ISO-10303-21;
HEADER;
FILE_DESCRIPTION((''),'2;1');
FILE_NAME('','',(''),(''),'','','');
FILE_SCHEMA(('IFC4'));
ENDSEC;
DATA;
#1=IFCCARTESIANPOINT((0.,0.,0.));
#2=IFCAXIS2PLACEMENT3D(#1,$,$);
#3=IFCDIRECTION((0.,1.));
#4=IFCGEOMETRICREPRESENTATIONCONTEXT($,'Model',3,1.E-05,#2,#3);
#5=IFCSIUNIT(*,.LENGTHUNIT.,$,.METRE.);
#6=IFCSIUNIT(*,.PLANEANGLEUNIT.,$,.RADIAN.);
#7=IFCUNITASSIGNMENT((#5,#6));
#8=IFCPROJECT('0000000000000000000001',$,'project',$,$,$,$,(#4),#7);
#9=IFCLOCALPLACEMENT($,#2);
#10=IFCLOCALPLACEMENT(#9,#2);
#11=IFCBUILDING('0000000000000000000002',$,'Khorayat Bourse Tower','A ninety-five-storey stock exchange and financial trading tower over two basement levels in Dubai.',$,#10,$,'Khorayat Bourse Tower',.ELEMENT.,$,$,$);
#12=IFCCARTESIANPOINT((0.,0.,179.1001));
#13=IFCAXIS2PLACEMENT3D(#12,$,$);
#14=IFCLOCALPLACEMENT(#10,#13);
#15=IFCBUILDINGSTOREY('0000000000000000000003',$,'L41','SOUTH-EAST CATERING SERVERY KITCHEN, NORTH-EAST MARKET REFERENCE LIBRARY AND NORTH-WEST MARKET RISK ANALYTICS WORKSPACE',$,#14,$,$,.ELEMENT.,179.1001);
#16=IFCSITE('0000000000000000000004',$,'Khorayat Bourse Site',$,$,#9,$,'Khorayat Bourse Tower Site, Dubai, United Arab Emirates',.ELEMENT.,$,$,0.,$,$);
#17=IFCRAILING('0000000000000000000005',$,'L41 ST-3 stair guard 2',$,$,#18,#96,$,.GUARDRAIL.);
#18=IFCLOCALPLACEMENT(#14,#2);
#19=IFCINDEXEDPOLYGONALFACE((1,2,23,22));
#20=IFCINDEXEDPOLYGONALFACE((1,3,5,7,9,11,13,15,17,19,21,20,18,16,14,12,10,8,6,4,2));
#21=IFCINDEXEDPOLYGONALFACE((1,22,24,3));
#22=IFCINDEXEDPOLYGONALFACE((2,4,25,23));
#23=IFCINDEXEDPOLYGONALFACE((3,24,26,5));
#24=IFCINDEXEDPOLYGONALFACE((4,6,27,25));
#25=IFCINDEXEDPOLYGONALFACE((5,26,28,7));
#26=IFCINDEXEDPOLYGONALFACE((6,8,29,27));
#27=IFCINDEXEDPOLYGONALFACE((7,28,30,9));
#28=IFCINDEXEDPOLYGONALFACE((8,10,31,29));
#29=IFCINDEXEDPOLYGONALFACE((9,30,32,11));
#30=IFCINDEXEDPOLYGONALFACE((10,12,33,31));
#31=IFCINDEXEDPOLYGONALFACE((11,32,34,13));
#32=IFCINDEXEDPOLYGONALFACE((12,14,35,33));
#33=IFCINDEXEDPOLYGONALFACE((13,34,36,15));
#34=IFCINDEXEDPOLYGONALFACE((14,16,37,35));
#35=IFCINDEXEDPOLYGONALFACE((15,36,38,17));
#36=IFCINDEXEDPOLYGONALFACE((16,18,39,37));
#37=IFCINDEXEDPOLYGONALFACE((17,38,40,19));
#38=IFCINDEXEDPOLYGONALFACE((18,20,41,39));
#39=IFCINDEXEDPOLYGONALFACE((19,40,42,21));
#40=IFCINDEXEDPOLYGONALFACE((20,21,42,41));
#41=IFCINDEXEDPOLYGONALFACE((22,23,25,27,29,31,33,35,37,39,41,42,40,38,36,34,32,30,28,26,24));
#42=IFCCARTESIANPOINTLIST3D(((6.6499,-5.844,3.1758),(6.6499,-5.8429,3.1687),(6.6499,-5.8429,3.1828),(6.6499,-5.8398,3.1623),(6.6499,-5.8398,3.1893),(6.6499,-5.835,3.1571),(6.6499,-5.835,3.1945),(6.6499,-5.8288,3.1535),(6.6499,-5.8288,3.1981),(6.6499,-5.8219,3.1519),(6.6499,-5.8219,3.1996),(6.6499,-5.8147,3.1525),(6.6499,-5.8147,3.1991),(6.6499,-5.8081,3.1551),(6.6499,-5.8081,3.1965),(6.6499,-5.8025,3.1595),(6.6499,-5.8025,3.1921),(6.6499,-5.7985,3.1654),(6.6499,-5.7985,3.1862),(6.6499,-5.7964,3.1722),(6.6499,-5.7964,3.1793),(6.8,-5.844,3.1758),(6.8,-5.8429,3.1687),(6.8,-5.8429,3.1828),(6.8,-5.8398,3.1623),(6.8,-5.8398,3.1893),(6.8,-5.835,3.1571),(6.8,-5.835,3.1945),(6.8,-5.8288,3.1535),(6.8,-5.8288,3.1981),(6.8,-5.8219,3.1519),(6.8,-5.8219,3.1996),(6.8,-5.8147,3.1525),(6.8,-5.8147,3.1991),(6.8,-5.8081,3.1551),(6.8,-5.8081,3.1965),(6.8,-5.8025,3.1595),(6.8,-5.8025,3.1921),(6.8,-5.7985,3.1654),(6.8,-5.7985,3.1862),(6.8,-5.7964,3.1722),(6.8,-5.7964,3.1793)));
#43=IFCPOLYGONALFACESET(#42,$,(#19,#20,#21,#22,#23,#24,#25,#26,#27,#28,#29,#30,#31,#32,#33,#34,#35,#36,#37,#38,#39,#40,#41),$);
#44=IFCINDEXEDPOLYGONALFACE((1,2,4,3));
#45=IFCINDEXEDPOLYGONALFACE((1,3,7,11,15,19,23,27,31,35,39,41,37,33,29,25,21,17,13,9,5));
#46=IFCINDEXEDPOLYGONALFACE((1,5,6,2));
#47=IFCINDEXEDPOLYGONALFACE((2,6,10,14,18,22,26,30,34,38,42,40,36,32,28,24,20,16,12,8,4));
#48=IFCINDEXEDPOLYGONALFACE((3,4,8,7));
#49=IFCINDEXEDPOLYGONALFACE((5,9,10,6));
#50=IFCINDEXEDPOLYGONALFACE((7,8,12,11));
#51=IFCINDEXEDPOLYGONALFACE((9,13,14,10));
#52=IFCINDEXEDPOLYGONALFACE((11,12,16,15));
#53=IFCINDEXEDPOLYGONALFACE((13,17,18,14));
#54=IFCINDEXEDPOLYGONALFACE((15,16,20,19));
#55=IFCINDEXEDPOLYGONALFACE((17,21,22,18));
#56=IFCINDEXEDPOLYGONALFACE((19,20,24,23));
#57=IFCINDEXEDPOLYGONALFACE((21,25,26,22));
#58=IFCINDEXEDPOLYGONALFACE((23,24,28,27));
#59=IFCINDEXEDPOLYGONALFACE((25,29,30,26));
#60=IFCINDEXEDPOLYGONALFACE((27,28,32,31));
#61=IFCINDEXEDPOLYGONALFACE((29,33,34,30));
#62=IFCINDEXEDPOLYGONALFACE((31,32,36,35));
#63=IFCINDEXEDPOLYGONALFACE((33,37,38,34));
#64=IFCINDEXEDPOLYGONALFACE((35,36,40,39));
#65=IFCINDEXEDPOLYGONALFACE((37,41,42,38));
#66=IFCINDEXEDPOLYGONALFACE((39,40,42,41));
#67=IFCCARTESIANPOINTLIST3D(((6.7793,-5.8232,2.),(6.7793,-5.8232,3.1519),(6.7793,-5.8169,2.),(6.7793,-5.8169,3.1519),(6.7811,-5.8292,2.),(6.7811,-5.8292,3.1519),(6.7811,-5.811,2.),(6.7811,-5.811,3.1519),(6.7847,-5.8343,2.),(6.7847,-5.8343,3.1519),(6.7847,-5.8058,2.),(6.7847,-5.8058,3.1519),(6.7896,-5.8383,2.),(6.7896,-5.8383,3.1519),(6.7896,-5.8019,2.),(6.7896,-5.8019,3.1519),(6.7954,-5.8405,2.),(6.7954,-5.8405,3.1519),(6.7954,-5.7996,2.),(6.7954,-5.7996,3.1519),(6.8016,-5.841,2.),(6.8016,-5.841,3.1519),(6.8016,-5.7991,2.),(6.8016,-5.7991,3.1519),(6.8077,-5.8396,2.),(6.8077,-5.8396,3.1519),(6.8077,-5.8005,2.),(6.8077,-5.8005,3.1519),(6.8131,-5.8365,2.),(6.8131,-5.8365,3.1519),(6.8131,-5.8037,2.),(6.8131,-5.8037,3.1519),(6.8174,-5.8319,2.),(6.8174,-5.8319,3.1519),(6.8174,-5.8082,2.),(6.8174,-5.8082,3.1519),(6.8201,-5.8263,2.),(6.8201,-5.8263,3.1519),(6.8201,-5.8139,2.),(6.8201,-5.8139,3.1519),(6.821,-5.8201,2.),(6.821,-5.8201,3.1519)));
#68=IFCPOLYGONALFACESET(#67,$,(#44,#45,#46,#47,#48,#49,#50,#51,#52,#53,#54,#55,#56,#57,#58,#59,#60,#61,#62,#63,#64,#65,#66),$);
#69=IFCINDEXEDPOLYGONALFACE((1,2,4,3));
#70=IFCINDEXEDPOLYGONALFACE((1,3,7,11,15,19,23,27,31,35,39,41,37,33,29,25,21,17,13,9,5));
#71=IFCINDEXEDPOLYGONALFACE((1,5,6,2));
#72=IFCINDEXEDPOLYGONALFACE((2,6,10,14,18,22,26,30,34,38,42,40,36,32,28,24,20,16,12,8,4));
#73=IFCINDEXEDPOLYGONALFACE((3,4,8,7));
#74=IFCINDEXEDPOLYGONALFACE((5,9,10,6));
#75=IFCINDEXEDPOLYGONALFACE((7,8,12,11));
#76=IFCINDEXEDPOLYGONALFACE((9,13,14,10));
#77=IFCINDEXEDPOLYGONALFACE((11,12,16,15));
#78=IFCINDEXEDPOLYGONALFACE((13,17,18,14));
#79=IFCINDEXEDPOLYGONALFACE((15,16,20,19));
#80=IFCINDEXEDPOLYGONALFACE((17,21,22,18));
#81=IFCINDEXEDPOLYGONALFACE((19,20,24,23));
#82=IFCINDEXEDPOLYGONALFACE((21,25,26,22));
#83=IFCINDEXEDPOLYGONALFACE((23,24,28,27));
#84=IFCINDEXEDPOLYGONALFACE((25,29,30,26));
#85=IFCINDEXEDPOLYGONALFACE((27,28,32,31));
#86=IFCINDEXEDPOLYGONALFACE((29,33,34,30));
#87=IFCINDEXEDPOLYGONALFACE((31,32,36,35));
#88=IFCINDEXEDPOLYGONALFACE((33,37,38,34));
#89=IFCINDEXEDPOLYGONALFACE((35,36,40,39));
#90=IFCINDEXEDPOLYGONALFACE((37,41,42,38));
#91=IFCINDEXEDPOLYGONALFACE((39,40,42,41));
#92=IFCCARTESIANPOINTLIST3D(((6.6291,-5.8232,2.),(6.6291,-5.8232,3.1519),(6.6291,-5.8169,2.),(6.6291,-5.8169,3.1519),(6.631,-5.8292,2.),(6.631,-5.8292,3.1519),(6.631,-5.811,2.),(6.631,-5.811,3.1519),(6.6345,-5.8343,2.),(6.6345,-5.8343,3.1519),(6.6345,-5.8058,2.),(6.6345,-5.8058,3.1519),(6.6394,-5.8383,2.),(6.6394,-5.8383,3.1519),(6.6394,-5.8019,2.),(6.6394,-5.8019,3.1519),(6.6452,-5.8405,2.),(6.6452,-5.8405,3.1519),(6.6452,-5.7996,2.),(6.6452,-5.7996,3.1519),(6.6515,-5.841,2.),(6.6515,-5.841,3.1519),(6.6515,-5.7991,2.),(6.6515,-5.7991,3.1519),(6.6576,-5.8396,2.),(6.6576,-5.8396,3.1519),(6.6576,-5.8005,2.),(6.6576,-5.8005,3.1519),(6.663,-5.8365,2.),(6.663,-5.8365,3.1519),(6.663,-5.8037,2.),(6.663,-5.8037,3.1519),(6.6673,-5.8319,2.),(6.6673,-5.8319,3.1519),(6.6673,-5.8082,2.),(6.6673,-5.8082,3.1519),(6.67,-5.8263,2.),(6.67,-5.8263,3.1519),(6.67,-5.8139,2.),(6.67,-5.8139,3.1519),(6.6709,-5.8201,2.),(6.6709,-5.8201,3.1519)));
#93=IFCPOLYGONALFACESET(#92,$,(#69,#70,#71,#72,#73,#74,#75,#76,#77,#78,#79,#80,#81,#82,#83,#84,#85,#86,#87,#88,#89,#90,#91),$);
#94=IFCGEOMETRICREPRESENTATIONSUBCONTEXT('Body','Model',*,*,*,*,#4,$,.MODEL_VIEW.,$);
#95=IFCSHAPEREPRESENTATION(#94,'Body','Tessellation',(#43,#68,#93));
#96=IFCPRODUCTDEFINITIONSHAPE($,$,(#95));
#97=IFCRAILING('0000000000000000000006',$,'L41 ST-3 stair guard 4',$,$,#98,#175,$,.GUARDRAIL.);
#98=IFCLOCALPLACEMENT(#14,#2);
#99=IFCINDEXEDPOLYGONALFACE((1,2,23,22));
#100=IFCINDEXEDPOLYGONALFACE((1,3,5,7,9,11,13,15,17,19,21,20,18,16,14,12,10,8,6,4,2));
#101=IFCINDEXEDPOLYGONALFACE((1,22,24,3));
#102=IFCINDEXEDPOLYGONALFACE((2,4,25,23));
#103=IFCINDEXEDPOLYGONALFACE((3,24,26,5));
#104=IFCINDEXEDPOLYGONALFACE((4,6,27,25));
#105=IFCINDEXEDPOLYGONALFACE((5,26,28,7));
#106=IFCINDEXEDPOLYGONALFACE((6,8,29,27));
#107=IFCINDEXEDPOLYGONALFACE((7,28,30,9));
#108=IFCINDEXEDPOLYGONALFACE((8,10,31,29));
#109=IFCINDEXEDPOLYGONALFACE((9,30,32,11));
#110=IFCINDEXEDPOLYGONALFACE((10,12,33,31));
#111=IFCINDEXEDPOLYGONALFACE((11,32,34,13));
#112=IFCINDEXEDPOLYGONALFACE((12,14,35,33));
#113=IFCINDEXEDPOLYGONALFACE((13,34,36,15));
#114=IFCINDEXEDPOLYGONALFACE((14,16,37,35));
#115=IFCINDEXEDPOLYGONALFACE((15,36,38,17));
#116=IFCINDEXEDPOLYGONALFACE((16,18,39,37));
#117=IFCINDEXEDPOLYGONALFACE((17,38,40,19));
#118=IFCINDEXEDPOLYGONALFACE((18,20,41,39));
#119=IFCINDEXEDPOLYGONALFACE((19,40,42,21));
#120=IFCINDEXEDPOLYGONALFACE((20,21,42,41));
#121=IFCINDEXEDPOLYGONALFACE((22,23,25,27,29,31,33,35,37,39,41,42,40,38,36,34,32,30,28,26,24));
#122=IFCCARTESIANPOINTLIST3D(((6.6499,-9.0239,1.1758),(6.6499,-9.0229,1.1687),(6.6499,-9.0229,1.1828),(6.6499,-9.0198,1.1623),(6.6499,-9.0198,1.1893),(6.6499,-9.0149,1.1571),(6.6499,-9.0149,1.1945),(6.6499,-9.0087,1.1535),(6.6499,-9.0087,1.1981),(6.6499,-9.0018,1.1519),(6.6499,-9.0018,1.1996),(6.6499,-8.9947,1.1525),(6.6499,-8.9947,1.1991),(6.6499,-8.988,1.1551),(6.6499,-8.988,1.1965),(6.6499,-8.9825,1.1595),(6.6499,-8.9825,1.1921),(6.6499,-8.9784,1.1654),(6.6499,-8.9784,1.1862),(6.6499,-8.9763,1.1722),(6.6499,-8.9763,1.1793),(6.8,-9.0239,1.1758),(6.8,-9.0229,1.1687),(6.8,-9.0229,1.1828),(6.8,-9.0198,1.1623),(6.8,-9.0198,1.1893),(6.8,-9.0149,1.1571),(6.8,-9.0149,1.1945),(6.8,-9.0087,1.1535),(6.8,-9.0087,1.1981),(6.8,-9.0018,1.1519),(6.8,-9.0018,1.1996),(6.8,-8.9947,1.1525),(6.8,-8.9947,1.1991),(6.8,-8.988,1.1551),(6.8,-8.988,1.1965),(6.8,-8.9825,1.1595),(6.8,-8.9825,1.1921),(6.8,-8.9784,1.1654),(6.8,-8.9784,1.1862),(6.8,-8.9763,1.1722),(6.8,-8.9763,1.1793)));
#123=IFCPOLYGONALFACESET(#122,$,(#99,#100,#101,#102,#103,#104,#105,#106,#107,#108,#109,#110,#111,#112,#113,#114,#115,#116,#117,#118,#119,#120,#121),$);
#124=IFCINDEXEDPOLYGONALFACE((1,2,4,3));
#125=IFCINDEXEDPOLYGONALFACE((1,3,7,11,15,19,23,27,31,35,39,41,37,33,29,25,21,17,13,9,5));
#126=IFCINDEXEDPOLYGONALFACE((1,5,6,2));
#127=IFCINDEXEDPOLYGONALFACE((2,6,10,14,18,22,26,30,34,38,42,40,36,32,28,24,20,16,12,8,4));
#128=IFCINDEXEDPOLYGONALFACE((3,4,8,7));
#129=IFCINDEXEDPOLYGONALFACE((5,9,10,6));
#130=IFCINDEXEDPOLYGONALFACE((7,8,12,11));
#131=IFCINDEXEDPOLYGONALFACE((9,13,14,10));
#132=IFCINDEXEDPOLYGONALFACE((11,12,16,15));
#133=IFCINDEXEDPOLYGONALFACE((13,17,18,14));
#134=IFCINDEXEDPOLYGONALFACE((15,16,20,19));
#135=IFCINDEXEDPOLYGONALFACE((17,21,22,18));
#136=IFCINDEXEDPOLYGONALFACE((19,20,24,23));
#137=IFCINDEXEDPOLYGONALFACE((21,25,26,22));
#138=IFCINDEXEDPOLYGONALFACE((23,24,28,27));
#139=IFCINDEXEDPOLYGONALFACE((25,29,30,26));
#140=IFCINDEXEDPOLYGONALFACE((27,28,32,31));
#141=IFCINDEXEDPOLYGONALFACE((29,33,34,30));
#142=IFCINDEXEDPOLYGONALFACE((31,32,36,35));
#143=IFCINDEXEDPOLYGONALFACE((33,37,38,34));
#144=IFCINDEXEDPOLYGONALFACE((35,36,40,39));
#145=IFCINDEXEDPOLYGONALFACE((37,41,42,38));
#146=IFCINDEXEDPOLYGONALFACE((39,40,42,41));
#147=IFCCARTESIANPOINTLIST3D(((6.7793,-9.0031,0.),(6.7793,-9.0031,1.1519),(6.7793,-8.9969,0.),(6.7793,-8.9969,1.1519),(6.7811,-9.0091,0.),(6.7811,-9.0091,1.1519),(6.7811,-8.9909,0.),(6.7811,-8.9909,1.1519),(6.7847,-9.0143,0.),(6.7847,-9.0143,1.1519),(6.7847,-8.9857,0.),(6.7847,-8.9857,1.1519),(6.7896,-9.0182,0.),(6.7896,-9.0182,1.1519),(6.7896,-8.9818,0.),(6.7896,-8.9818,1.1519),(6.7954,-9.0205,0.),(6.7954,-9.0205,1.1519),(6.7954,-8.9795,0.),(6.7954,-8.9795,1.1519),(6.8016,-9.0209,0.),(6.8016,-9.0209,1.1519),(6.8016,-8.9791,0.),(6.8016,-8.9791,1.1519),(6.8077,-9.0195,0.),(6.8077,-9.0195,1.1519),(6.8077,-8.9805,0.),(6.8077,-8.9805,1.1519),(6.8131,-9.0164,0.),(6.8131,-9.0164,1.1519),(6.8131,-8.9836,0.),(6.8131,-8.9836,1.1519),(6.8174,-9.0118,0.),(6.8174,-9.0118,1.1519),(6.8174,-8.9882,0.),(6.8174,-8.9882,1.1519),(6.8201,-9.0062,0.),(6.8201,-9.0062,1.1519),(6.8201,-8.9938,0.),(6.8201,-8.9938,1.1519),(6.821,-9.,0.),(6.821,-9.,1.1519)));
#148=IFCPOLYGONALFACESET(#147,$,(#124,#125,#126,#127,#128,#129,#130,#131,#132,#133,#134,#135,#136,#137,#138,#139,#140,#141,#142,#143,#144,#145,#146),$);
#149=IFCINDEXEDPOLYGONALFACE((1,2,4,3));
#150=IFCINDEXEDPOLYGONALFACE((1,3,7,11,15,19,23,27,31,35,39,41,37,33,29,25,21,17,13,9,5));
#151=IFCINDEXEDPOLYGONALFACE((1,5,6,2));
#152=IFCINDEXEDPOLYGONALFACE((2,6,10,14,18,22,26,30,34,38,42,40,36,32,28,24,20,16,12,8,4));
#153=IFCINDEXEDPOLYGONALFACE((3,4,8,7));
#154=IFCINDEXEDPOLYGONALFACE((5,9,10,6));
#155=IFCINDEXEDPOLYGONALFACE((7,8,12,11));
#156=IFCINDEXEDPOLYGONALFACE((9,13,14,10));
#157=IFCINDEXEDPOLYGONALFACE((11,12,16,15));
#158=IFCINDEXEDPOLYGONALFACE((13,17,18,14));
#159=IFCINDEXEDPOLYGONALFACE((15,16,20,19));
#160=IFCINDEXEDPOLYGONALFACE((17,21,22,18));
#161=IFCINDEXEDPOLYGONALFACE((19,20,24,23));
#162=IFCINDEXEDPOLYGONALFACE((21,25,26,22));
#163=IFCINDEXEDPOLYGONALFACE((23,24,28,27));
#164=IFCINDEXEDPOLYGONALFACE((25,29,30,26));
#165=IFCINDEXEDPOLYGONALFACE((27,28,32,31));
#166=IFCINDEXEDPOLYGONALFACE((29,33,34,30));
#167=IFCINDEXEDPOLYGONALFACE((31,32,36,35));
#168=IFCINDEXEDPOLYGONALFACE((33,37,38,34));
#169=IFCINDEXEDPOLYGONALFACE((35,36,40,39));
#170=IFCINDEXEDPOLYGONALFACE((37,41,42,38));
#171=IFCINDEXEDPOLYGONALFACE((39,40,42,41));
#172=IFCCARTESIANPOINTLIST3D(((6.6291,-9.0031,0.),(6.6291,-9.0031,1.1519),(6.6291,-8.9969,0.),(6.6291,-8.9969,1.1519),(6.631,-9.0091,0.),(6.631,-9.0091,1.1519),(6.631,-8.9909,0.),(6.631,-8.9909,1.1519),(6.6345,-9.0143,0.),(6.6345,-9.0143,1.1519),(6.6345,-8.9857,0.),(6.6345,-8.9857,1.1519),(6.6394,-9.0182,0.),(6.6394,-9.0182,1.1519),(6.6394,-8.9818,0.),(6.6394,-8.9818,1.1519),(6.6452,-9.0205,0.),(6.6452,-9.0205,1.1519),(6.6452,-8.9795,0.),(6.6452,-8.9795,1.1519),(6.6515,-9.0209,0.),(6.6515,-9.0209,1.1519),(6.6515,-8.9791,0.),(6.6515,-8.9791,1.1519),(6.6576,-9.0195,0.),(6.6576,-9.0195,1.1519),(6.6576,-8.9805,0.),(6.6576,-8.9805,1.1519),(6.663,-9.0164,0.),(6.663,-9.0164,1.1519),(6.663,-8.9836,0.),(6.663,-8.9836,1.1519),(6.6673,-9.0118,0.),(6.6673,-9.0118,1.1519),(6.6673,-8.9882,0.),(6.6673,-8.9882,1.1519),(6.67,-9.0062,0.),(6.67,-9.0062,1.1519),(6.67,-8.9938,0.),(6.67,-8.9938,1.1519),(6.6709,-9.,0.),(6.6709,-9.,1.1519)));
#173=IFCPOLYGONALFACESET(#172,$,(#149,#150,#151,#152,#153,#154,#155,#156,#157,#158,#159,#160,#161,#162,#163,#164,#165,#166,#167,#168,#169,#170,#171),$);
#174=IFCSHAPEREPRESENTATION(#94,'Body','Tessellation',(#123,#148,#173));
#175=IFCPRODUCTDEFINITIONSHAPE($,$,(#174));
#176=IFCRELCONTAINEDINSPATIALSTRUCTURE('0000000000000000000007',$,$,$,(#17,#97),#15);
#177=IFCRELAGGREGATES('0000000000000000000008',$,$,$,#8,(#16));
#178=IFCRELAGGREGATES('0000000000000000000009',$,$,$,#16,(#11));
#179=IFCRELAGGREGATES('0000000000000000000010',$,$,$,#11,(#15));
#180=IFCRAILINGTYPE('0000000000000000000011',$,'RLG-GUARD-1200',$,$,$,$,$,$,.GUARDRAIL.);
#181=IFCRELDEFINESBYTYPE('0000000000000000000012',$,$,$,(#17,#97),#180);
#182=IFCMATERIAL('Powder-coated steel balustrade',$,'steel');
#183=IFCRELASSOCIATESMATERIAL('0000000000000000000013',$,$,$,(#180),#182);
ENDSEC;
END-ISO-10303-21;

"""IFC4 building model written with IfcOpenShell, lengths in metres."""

from ifc_helpers import new_model, si_unit, direction, frame, origin, origin_2d, place, context, subcontext, project, spatial, circle, extrude, source, transform, mapped, material, type_object, element, save


model = new_model("IFC4")

# Units and contexts
model_context = context("Model", 3, precision=1e-05, world=origin(), true_north=direction((0.0, 1.0)))
body_context = subcontext(model_context, "Body", "Model", "MODEL_VIEW")
ifc_project = project(units=[si_unit("LENGTHUNIT", "METRE"), si_unit("PLANEANGLEUNIT", "RADIAN")], contexts=[model_context])

# Site, building, storey
site_placement = place(None, origin())
site = spatial("IfcSite", under=ifc_project, at=site_placement, Name="Khorayat Bourse Site", LongName="Khorayat Bourse Tower Site, Dubai, United Arab Emirates", CompositionType="ELEMENT", RefElevation=0.0)
building_placement = place(site_placement, origin())
building = spatial("IfcBuilding", under=site, at=building_placement, Name="Khorayat Bourse Tower", Description="A ninety-five-storey stock exchange and financial trading tower over two basement levels in Dubai.", LongName="Khorayat Bourse Tower", CompositionType="ELEMENT")
storey_placement = place(building_placement, frame((0.0, 0.0, 179.1001)))
storey = spatial("IfcBuildingStorey", under=building, at=storey_placement, Name="L41", Description="SOUTH-EAST CATERING SERVERY KITCHEN, NORTH-EAST MARKET REFERENCE LIBRARY AND NORTH-WEST MARKET RISK ANALYTICS WORKSPACE", CompositionType="ELEMENT", Elevation=179.1001)

# Railings
ifc_material_1 = material(Name="Powder-coated steel balustrade", Category="steel")
railing_type_1 = type_object("IfcRailingType", Name="RLG-GUARD-1200", PredefinedType="GUARDRAIL", material=ifc_material_1)
shared_shape_1 = source(origin(), body_context, "Body", "SweptSolid", [
    extrude(circle(Radius=0.0239, at=origin_2d()), frame((0.0, 0.0, 1.1758), z_axis=(-1.0, 0.0, 0.0), x_axis=(0.0, -1.0, 0.0)), (0.0, 0.0, 1.0), 0.1501),
    extrude(circle(Radius=0.021, at=origin_2d()), origin(), (0.0, 0.0, 1.0), 1.1519),
    extrude(circle(Radius=0.021, at=origin_2d()), frame((-0.1501, 0.0, 0.0)), (0.0, 0.0, 1.0), 1.1519),
])
for number, where, name in (
    (1, (6.8, -5.8201, 2.0), "L41 ST-3 stair guard 2"),
    (2, (6.8, -9.0, 0.0), "L41 ST-3 stair guard 4"),
):
    element("IfcRailing", number, at=place(storey_placement, frame(where)), inside=storey, type_object=railing_type_1, Name=name, PredefinedType="GUARDRAIL", context=body_context, shape_type="MappedRepresentation", body=[
        mapped(shared_shape_1, transform((0.0, 0.0, 0.0), scale=1.0)),
    ])

save(model, "model.ifc")
